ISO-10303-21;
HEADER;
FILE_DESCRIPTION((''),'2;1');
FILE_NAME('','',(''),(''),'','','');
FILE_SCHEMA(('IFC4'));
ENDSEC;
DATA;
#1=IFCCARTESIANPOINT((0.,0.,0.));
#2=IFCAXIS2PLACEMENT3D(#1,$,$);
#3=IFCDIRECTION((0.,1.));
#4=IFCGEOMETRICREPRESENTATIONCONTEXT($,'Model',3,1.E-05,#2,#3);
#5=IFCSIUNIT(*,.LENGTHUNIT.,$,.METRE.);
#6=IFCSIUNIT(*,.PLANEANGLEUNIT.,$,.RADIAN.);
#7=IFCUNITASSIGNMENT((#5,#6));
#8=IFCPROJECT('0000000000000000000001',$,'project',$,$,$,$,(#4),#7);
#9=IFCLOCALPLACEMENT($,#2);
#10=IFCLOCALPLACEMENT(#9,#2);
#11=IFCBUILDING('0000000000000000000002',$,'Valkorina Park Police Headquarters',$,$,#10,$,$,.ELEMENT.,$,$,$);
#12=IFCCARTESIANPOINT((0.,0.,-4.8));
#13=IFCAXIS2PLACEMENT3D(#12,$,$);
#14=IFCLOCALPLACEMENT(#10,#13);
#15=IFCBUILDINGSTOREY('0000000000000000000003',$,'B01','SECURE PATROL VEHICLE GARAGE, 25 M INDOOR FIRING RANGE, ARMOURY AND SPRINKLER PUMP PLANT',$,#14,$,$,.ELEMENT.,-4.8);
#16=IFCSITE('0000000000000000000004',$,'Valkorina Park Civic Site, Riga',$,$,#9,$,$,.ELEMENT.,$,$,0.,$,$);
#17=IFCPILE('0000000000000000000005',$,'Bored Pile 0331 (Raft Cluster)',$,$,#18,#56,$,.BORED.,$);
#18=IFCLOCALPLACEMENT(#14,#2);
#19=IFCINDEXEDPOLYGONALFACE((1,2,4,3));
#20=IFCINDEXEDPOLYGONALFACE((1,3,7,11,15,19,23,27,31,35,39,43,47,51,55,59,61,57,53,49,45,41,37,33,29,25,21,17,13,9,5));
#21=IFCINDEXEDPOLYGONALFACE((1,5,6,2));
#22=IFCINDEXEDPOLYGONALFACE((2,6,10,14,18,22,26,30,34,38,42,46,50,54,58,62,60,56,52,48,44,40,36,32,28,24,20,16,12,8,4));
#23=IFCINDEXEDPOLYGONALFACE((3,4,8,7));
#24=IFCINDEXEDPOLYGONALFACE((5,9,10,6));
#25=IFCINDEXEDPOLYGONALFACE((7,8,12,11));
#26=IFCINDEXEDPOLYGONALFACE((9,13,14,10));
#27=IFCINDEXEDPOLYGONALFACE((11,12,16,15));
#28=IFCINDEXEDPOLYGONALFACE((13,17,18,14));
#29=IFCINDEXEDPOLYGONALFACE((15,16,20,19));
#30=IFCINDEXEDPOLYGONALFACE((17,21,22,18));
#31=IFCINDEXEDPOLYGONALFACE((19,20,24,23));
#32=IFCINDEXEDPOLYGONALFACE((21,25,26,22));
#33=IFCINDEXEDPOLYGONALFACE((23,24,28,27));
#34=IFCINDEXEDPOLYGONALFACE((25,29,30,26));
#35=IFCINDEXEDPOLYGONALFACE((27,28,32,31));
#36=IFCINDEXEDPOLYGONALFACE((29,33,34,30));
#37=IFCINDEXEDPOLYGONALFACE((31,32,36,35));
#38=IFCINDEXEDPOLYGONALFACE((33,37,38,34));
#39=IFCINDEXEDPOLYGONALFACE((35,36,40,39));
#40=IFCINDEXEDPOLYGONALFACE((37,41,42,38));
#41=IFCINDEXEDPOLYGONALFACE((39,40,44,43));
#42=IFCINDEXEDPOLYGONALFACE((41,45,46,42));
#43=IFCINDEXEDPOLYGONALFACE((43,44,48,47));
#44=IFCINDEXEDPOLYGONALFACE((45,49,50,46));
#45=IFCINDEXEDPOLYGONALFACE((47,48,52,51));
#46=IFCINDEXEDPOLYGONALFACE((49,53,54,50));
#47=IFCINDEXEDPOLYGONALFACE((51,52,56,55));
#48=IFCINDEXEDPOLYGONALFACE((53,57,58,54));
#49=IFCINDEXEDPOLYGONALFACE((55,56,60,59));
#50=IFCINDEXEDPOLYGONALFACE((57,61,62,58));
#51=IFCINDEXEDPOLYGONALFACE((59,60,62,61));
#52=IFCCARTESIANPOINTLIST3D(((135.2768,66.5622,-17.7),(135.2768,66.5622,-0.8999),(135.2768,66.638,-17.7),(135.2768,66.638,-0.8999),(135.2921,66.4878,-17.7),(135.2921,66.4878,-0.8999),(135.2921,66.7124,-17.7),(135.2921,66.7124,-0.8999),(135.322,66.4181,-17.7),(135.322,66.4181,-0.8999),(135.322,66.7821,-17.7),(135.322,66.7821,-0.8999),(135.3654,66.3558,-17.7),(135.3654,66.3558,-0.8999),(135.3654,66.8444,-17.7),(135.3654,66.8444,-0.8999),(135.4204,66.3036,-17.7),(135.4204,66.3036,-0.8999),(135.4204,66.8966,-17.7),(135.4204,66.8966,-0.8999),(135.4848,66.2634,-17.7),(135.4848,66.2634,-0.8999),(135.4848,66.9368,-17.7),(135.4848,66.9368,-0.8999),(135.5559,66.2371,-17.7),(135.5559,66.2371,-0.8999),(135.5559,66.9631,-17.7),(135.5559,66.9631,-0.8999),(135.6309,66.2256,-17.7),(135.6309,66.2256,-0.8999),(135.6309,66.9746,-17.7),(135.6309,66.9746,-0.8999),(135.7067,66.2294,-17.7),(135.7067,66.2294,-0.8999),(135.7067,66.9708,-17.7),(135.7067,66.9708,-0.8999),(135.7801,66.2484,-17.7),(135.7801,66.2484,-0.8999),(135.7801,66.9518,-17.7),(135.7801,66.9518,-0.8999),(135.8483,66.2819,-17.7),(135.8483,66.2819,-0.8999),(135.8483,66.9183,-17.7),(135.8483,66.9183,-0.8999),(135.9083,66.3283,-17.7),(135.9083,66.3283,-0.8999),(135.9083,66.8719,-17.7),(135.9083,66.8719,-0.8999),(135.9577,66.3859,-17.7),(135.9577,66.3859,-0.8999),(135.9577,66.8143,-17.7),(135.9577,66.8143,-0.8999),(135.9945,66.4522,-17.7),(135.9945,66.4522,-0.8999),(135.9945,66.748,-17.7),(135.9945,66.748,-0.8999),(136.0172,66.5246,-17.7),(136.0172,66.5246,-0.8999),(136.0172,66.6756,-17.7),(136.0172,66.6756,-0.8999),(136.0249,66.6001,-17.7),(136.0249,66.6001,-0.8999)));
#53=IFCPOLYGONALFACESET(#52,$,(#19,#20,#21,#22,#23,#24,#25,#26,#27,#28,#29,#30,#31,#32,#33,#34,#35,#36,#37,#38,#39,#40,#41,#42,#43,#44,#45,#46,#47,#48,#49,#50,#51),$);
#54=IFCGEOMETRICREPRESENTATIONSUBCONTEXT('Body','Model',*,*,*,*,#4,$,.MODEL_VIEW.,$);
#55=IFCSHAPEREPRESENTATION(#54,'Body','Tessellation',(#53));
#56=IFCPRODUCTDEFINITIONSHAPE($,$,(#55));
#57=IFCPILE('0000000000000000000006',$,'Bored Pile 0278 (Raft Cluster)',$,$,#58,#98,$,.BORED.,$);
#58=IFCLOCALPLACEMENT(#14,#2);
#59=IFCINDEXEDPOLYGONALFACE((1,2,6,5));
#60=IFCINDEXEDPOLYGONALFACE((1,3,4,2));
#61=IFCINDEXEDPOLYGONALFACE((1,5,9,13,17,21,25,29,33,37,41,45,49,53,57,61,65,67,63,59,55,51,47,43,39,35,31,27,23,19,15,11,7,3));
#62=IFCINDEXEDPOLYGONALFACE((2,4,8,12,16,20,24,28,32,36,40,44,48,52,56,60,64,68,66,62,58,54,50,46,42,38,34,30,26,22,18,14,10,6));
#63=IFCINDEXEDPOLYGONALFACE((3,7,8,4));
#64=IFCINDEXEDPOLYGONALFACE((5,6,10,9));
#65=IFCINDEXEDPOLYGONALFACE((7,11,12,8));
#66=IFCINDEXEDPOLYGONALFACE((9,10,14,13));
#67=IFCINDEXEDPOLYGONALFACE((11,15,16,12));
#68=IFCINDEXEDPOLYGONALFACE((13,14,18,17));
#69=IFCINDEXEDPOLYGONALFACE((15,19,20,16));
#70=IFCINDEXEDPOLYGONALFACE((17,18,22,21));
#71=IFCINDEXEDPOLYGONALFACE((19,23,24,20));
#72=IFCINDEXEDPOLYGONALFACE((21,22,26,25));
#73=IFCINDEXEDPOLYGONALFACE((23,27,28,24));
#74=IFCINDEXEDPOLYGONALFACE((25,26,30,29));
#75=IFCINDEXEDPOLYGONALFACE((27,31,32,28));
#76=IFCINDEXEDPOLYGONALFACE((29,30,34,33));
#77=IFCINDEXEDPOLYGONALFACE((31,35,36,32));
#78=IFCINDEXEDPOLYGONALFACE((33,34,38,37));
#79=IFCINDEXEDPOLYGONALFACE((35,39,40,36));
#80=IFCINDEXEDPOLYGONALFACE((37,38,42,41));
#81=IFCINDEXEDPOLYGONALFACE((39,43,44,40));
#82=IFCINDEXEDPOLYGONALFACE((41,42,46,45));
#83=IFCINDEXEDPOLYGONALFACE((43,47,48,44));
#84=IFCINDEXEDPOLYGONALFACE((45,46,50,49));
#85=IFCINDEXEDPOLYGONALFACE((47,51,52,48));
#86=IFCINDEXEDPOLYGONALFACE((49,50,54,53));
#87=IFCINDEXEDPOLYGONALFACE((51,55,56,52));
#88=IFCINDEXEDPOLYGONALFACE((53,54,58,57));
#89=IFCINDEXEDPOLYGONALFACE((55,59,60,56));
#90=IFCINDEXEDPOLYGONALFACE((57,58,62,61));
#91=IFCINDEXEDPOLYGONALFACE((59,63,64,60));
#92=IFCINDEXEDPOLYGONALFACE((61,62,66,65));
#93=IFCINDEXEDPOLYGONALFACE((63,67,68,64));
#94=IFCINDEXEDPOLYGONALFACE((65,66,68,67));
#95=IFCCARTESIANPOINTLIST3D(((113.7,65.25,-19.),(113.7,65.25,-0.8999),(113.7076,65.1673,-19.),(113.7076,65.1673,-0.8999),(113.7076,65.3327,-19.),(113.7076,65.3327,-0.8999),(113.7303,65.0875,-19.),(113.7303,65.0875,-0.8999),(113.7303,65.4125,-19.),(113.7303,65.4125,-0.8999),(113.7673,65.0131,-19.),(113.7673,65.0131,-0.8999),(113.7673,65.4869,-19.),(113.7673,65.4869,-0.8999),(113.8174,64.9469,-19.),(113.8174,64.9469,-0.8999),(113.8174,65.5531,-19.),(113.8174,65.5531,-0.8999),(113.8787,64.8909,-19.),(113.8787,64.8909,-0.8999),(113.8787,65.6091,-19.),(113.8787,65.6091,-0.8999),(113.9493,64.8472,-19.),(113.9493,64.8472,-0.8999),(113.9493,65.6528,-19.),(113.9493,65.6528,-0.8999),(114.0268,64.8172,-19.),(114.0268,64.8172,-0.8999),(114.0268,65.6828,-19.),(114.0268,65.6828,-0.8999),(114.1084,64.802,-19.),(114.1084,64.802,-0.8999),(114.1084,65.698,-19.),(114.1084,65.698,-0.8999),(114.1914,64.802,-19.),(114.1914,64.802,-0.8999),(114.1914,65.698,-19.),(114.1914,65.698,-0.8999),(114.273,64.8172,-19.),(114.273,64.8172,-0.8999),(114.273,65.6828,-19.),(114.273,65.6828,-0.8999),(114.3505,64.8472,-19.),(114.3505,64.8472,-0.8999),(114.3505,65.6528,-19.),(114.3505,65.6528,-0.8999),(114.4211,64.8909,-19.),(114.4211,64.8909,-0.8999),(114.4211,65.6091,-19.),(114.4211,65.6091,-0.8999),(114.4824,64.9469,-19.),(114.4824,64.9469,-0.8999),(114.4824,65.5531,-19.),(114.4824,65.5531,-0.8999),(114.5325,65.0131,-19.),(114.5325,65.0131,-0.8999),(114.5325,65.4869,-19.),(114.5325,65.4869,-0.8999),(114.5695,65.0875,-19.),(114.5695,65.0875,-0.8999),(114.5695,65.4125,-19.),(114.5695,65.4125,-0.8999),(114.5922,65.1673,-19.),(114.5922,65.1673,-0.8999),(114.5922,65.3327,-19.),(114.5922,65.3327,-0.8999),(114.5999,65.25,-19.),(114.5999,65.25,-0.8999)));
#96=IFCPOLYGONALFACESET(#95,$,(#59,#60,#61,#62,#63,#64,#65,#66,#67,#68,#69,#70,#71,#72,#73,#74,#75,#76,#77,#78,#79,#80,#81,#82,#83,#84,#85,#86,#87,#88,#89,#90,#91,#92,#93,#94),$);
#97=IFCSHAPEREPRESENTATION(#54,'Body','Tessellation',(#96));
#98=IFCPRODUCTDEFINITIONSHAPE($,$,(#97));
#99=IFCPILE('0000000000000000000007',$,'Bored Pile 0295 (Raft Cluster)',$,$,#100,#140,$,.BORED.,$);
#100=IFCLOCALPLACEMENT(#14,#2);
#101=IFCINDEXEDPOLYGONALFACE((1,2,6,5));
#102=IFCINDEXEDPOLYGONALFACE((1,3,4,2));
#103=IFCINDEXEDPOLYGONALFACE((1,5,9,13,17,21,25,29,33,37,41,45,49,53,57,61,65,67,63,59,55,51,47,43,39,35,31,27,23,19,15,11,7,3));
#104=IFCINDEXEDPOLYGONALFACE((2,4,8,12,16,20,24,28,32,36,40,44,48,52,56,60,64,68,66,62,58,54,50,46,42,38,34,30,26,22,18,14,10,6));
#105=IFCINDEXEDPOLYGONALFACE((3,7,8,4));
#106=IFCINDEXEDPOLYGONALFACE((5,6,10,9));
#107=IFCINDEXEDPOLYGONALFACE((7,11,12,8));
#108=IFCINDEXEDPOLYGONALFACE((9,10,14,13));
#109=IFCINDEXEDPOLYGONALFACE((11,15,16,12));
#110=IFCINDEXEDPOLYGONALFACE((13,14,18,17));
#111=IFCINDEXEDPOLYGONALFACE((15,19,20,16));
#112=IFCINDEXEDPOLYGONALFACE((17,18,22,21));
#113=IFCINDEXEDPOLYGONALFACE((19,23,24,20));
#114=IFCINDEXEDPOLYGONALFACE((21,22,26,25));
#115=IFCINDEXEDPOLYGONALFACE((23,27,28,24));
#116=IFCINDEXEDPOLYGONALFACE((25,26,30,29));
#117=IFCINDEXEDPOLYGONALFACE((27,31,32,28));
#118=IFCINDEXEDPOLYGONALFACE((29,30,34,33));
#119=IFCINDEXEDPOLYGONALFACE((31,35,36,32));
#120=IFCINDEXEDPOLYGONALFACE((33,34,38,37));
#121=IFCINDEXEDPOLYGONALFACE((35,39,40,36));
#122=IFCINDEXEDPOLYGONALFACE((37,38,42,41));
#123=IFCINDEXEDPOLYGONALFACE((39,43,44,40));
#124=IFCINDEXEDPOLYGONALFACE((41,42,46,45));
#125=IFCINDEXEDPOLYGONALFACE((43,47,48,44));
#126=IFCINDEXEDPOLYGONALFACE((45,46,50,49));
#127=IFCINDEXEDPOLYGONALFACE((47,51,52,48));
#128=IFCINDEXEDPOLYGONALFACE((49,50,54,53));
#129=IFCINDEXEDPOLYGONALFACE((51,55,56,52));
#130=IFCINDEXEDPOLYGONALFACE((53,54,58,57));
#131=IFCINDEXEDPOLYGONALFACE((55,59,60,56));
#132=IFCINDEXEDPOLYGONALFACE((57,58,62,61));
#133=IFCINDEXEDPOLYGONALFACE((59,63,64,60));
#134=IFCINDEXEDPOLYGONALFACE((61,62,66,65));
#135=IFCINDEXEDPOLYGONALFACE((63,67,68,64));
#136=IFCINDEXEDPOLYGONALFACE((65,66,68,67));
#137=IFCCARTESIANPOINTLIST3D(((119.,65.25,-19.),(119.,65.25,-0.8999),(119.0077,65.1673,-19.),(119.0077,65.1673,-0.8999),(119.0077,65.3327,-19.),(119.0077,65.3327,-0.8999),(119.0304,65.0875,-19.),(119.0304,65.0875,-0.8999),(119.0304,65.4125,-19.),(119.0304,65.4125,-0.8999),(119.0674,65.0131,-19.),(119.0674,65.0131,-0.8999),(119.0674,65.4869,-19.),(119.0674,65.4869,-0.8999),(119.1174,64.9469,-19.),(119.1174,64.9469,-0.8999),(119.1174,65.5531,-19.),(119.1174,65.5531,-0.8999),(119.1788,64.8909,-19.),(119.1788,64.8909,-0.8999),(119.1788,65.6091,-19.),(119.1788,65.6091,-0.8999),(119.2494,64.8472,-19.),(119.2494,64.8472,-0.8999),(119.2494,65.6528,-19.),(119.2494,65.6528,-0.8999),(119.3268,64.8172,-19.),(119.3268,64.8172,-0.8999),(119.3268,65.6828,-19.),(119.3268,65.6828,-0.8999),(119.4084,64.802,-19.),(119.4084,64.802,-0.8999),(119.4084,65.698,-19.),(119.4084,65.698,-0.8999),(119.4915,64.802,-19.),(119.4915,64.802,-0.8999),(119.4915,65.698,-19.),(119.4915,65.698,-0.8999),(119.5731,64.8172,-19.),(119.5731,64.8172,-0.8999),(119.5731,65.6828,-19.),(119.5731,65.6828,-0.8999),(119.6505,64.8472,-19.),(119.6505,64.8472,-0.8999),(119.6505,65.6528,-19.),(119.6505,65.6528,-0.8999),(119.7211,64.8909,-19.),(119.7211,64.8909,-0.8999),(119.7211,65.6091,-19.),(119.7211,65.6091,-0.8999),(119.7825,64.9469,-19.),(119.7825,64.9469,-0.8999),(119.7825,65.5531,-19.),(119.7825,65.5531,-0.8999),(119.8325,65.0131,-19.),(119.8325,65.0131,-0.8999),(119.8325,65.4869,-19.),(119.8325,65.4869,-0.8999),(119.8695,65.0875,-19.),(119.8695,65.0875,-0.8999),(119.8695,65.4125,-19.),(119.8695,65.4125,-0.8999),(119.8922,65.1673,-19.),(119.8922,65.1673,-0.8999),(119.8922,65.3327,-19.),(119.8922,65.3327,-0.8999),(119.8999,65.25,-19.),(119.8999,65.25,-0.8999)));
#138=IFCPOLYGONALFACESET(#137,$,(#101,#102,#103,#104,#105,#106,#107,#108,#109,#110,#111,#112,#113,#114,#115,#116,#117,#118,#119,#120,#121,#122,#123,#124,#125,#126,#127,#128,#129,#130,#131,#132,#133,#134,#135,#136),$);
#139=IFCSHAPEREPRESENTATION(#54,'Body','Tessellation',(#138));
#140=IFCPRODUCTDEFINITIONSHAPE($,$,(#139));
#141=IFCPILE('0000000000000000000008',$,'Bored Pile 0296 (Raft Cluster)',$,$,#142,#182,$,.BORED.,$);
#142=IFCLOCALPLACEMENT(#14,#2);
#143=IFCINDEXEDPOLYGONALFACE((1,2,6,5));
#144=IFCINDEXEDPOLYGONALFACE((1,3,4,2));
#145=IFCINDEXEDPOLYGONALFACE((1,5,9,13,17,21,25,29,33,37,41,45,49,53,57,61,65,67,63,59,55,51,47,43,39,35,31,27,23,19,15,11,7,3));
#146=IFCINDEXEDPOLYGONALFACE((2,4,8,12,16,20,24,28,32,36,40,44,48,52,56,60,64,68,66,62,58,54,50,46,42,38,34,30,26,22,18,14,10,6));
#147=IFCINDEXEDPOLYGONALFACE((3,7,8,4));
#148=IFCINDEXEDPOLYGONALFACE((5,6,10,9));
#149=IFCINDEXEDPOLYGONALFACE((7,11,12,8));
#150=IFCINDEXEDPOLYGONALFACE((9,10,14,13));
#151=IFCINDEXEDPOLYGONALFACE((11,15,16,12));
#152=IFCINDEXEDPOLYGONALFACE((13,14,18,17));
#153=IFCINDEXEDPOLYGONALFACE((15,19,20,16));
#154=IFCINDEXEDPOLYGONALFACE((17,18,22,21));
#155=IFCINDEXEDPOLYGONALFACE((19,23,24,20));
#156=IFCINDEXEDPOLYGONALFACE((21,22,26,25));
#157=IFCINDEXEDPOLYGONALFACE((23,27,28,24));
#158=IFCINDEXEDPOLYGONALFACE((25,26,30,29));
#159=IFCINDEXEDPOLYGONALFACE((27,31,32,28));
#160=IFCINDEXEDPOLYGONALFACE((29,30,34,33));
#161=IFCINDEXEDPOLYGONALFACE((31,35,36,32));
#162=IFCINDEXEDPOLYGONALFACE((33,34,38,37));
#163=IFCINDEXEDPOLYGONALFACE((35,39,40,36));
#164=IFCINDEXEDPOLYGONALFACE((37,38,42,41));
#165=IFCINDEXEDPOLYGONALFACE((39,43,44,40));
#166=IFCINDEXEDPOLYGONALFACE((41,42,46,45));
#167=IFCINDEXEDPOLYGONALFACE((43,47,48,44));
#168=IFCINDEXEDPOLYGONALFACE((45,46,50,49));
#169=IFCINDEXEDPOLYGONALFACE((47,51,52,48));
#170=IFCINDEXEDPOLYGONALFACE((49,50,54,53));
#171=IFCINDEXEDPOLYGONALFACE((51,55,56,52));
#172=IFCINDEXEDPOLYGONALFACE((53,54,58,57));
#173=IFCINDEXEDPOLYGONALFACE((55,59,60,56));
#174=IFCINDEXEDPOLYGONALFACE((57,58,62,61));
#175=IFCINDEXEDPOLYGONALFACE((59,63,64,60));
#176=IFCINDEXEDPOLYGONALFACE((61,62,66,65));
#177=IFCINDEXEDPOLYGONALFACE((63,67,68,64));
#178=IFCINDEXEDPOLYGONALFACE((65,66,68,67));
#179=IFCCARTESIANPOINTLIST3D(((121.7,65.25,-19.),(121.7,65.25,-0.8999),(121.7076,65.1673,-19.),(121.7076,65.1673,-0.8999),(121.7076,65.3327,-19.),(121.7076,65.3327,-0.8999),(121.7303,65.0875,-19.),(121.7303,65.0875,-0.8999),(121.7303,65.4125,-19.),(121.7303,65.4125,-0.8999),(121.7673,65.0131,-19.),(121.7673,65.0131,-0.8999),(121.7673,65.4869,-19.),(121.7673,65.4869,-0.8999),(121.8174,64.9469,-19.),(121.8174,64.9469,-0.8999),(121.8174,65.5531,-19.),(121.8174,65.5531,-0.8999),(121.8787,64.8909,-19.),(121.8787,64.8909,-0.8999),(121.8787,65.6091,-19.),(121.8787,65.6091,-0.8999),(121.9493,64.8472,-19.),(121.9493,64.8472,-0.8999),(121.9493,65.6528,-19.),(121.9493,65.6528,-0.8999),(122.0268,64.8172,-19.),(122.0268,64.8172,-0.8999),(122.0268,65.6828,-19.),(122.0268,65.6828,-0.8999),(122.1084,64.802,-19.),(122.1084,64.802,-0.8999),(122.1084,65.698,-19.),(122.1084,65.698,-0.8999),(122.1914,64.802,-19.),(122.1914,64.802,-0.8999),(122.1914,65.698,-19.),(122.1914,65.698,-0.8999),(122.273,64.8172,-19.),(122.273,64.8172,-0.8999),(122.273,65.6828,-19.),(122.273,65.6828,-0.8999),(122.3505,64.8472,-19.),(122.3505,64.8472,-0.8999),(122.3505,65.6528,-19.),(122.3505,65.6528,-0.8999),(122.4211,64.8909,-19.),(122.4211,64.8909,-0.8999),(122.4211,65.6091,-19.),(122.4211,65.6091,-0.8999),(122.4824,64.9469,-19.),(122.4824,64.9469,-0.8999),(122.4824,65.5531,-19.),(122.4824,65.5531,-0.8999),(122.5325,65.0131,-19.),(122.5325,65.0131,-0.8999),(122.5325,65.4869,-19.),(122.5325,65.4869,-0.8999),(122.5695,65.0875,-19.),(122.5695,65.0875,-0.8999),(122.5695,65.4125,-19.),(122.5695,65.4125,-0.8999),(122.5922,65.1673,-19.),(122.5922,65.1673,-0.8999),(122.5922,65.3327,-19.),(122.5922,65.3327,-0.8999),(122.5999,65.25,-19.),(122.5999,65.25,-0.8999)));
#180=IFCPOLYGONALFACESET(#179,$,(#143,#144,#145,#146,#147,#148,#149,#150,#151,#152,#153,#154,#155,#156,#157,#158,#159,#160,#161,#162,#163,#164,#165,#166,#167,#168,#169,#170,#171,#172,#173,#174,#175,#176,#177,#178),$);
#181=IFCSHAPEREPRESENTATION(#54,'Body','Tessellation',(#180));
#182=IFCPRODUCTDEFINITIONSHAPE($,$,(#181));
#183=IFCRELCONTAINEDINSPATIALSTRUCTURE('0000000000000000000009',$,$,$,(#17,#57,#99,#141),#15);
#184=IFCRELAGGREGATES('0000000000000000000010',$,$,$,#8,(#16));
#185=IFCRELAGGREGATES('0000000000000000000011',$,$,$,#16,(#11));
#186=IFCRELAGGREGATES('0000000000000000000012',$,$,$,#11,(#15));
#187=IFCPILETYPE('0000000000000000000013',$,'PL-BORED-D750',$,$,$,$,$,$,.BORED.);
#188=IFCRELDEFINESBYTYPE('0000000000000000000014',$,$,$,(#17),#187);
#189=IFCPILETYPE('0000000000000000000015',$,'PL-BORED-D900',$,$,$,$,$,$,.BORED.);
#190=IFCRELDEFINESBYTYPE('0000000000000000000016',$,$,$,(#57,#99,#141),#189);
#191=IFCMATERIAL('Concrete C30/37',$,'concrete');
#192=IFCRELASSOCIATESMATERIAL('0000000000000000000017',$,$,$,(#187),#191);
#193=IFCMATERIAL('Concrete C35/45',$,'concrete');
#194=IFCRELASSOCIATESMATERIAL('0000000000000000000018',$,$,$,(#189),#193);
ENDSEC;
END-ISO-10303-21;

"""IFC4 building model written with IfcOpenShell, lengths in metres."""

from ifc_helpers import new_model, si_unit, direction, frame, origin, origin_2d, place, context, subcontext, project, spatial, circle, extrude, material, material_profile, profile_set, type_object, element, save


model = new_model("IFC4")

# Units and contexts
model_context = context("Model", 3, precision=1e-05, world=origin(), true_north=direction((0.0, 1.0)))
body_context = subcontext(model_context, "Body", "Model", "MODEL_VIEW")
ifc_project = project(units=[si_unit("LENGTHUNIT", "METRE"), si_unit("PLANEANGLEUNIT", "RADIAN")], contexts=[model_context])

# Site, building, storey
site_placement = place(None, origin())
site = spatial("IfcSite", under=ifc_project, at=site_placement, Name="Valkorina Park Civic Site, Riga", CompositionType="ELEMENT", RefElevation=0.0)
building_placement = place(site_placement, origin())
building = spatial("IfcBuilding", under=site, at=building_placement, Name="Valkorina Park Police Headquarters", CompositionType="ELEMENT")
storey_placement = place(building_placement, frame((0.0, 0.0, -4.8)))
storey = spatial("IfcBuildingStorey", under=building, at=storey_placement, Name="B01", Description="SECURE PATROL VEHICLE GARAGE, 25 M INDOOR FIRING RANGE, ARMOURY AND SPRINKLER PUMP PLANT", CompositionType="ELEMENT", Elevation=-4.8)

# Piles
ifc_material_1 = material(Name="Concrete C30/37", Category="concrete")
ifc_material_profile_1 = material_profile(ifc_material_1, circle(Radius=0.375, at=origin_2d()), Name="BORED PILE D750")
ifc_profile_set_1 = profile_set([ifc_material_profile_1], Name="Concrete C30/37")
pile_type_1 = type_object("IfcPileType", Name="PL-BORED-D750", PredefinedType="BORED", material=ifc_profile_set_1)
pile_placement = place(storey_placement, frame((135.6499, 66.6001, -0.8999), z_axis=(0.0, 0.0, -1.0), x_axis=(1.0, 0.0, 0.0)))
element("IfcPile", 1, at=pile_placement, inside=storey, type_object=pile_type_1, Name="Bored Pile 0331 (Raft Cluster)", PredefinedType="BORED", context=body_context, shape_type="SweptSolid", body=[
    extrude(circle(Radius=0.375, at=origin_2d()), origin(), (0.0, 0.0, 1.0), 16.8),
])
ifc_material_2 = material(Name="Concrete C35/45", Category="concrete")
ifc_material_profile_2 = material_profile(ifc_material_2, circle(Radius=0.45, at=origin_2d()), Name="BORED PILE D900")
ifc_profile_set_2 = profile_set([ifc_material_profile_2], Name="Concrete C35/45")
pile_type_2 = type_object("IfcPileType", Name="PL-BORED-D900", PredefinedType="BORED", material=ifc_profile_set_2)
for number, where, z_axis, x_axis, name in (
    (2, (114.1499, 65.25, -0.8999), (0.0, 0.0, -1.0), (1.0, 0.0, 0.0), "Bored Pile 0278 (Raft Cluster)"),
    (3, (119.45, 65.25, -0.8999), (0.0, 0.0, -1.0), (1.0, 0.0, 0.0), "Bored Pile 0295 (Raft Cluster)"),
    (4, (122.1499, 65.25, -0.8999), (0.0, 0.0, -1.0), (1.0, 0.0, 0.0), "Bored Pile 0296 (Raft Cluster)"),
):
    element("IfcPile", number, at=place(storey_placement, frame(where, z_axis=z_axis, x_axis=x_axis)), inside=storey, type_object=pile_type_2, Name=name, PredefinedType="BORED", context=body_context, shape_type="SweptSolid", body=[
        extrude(circle(Radius=0.45, at=origin_2d()), origin(), (0.0, 0.0, 1.0), 18.1001),
    ])

save(model, "model.ifc")
